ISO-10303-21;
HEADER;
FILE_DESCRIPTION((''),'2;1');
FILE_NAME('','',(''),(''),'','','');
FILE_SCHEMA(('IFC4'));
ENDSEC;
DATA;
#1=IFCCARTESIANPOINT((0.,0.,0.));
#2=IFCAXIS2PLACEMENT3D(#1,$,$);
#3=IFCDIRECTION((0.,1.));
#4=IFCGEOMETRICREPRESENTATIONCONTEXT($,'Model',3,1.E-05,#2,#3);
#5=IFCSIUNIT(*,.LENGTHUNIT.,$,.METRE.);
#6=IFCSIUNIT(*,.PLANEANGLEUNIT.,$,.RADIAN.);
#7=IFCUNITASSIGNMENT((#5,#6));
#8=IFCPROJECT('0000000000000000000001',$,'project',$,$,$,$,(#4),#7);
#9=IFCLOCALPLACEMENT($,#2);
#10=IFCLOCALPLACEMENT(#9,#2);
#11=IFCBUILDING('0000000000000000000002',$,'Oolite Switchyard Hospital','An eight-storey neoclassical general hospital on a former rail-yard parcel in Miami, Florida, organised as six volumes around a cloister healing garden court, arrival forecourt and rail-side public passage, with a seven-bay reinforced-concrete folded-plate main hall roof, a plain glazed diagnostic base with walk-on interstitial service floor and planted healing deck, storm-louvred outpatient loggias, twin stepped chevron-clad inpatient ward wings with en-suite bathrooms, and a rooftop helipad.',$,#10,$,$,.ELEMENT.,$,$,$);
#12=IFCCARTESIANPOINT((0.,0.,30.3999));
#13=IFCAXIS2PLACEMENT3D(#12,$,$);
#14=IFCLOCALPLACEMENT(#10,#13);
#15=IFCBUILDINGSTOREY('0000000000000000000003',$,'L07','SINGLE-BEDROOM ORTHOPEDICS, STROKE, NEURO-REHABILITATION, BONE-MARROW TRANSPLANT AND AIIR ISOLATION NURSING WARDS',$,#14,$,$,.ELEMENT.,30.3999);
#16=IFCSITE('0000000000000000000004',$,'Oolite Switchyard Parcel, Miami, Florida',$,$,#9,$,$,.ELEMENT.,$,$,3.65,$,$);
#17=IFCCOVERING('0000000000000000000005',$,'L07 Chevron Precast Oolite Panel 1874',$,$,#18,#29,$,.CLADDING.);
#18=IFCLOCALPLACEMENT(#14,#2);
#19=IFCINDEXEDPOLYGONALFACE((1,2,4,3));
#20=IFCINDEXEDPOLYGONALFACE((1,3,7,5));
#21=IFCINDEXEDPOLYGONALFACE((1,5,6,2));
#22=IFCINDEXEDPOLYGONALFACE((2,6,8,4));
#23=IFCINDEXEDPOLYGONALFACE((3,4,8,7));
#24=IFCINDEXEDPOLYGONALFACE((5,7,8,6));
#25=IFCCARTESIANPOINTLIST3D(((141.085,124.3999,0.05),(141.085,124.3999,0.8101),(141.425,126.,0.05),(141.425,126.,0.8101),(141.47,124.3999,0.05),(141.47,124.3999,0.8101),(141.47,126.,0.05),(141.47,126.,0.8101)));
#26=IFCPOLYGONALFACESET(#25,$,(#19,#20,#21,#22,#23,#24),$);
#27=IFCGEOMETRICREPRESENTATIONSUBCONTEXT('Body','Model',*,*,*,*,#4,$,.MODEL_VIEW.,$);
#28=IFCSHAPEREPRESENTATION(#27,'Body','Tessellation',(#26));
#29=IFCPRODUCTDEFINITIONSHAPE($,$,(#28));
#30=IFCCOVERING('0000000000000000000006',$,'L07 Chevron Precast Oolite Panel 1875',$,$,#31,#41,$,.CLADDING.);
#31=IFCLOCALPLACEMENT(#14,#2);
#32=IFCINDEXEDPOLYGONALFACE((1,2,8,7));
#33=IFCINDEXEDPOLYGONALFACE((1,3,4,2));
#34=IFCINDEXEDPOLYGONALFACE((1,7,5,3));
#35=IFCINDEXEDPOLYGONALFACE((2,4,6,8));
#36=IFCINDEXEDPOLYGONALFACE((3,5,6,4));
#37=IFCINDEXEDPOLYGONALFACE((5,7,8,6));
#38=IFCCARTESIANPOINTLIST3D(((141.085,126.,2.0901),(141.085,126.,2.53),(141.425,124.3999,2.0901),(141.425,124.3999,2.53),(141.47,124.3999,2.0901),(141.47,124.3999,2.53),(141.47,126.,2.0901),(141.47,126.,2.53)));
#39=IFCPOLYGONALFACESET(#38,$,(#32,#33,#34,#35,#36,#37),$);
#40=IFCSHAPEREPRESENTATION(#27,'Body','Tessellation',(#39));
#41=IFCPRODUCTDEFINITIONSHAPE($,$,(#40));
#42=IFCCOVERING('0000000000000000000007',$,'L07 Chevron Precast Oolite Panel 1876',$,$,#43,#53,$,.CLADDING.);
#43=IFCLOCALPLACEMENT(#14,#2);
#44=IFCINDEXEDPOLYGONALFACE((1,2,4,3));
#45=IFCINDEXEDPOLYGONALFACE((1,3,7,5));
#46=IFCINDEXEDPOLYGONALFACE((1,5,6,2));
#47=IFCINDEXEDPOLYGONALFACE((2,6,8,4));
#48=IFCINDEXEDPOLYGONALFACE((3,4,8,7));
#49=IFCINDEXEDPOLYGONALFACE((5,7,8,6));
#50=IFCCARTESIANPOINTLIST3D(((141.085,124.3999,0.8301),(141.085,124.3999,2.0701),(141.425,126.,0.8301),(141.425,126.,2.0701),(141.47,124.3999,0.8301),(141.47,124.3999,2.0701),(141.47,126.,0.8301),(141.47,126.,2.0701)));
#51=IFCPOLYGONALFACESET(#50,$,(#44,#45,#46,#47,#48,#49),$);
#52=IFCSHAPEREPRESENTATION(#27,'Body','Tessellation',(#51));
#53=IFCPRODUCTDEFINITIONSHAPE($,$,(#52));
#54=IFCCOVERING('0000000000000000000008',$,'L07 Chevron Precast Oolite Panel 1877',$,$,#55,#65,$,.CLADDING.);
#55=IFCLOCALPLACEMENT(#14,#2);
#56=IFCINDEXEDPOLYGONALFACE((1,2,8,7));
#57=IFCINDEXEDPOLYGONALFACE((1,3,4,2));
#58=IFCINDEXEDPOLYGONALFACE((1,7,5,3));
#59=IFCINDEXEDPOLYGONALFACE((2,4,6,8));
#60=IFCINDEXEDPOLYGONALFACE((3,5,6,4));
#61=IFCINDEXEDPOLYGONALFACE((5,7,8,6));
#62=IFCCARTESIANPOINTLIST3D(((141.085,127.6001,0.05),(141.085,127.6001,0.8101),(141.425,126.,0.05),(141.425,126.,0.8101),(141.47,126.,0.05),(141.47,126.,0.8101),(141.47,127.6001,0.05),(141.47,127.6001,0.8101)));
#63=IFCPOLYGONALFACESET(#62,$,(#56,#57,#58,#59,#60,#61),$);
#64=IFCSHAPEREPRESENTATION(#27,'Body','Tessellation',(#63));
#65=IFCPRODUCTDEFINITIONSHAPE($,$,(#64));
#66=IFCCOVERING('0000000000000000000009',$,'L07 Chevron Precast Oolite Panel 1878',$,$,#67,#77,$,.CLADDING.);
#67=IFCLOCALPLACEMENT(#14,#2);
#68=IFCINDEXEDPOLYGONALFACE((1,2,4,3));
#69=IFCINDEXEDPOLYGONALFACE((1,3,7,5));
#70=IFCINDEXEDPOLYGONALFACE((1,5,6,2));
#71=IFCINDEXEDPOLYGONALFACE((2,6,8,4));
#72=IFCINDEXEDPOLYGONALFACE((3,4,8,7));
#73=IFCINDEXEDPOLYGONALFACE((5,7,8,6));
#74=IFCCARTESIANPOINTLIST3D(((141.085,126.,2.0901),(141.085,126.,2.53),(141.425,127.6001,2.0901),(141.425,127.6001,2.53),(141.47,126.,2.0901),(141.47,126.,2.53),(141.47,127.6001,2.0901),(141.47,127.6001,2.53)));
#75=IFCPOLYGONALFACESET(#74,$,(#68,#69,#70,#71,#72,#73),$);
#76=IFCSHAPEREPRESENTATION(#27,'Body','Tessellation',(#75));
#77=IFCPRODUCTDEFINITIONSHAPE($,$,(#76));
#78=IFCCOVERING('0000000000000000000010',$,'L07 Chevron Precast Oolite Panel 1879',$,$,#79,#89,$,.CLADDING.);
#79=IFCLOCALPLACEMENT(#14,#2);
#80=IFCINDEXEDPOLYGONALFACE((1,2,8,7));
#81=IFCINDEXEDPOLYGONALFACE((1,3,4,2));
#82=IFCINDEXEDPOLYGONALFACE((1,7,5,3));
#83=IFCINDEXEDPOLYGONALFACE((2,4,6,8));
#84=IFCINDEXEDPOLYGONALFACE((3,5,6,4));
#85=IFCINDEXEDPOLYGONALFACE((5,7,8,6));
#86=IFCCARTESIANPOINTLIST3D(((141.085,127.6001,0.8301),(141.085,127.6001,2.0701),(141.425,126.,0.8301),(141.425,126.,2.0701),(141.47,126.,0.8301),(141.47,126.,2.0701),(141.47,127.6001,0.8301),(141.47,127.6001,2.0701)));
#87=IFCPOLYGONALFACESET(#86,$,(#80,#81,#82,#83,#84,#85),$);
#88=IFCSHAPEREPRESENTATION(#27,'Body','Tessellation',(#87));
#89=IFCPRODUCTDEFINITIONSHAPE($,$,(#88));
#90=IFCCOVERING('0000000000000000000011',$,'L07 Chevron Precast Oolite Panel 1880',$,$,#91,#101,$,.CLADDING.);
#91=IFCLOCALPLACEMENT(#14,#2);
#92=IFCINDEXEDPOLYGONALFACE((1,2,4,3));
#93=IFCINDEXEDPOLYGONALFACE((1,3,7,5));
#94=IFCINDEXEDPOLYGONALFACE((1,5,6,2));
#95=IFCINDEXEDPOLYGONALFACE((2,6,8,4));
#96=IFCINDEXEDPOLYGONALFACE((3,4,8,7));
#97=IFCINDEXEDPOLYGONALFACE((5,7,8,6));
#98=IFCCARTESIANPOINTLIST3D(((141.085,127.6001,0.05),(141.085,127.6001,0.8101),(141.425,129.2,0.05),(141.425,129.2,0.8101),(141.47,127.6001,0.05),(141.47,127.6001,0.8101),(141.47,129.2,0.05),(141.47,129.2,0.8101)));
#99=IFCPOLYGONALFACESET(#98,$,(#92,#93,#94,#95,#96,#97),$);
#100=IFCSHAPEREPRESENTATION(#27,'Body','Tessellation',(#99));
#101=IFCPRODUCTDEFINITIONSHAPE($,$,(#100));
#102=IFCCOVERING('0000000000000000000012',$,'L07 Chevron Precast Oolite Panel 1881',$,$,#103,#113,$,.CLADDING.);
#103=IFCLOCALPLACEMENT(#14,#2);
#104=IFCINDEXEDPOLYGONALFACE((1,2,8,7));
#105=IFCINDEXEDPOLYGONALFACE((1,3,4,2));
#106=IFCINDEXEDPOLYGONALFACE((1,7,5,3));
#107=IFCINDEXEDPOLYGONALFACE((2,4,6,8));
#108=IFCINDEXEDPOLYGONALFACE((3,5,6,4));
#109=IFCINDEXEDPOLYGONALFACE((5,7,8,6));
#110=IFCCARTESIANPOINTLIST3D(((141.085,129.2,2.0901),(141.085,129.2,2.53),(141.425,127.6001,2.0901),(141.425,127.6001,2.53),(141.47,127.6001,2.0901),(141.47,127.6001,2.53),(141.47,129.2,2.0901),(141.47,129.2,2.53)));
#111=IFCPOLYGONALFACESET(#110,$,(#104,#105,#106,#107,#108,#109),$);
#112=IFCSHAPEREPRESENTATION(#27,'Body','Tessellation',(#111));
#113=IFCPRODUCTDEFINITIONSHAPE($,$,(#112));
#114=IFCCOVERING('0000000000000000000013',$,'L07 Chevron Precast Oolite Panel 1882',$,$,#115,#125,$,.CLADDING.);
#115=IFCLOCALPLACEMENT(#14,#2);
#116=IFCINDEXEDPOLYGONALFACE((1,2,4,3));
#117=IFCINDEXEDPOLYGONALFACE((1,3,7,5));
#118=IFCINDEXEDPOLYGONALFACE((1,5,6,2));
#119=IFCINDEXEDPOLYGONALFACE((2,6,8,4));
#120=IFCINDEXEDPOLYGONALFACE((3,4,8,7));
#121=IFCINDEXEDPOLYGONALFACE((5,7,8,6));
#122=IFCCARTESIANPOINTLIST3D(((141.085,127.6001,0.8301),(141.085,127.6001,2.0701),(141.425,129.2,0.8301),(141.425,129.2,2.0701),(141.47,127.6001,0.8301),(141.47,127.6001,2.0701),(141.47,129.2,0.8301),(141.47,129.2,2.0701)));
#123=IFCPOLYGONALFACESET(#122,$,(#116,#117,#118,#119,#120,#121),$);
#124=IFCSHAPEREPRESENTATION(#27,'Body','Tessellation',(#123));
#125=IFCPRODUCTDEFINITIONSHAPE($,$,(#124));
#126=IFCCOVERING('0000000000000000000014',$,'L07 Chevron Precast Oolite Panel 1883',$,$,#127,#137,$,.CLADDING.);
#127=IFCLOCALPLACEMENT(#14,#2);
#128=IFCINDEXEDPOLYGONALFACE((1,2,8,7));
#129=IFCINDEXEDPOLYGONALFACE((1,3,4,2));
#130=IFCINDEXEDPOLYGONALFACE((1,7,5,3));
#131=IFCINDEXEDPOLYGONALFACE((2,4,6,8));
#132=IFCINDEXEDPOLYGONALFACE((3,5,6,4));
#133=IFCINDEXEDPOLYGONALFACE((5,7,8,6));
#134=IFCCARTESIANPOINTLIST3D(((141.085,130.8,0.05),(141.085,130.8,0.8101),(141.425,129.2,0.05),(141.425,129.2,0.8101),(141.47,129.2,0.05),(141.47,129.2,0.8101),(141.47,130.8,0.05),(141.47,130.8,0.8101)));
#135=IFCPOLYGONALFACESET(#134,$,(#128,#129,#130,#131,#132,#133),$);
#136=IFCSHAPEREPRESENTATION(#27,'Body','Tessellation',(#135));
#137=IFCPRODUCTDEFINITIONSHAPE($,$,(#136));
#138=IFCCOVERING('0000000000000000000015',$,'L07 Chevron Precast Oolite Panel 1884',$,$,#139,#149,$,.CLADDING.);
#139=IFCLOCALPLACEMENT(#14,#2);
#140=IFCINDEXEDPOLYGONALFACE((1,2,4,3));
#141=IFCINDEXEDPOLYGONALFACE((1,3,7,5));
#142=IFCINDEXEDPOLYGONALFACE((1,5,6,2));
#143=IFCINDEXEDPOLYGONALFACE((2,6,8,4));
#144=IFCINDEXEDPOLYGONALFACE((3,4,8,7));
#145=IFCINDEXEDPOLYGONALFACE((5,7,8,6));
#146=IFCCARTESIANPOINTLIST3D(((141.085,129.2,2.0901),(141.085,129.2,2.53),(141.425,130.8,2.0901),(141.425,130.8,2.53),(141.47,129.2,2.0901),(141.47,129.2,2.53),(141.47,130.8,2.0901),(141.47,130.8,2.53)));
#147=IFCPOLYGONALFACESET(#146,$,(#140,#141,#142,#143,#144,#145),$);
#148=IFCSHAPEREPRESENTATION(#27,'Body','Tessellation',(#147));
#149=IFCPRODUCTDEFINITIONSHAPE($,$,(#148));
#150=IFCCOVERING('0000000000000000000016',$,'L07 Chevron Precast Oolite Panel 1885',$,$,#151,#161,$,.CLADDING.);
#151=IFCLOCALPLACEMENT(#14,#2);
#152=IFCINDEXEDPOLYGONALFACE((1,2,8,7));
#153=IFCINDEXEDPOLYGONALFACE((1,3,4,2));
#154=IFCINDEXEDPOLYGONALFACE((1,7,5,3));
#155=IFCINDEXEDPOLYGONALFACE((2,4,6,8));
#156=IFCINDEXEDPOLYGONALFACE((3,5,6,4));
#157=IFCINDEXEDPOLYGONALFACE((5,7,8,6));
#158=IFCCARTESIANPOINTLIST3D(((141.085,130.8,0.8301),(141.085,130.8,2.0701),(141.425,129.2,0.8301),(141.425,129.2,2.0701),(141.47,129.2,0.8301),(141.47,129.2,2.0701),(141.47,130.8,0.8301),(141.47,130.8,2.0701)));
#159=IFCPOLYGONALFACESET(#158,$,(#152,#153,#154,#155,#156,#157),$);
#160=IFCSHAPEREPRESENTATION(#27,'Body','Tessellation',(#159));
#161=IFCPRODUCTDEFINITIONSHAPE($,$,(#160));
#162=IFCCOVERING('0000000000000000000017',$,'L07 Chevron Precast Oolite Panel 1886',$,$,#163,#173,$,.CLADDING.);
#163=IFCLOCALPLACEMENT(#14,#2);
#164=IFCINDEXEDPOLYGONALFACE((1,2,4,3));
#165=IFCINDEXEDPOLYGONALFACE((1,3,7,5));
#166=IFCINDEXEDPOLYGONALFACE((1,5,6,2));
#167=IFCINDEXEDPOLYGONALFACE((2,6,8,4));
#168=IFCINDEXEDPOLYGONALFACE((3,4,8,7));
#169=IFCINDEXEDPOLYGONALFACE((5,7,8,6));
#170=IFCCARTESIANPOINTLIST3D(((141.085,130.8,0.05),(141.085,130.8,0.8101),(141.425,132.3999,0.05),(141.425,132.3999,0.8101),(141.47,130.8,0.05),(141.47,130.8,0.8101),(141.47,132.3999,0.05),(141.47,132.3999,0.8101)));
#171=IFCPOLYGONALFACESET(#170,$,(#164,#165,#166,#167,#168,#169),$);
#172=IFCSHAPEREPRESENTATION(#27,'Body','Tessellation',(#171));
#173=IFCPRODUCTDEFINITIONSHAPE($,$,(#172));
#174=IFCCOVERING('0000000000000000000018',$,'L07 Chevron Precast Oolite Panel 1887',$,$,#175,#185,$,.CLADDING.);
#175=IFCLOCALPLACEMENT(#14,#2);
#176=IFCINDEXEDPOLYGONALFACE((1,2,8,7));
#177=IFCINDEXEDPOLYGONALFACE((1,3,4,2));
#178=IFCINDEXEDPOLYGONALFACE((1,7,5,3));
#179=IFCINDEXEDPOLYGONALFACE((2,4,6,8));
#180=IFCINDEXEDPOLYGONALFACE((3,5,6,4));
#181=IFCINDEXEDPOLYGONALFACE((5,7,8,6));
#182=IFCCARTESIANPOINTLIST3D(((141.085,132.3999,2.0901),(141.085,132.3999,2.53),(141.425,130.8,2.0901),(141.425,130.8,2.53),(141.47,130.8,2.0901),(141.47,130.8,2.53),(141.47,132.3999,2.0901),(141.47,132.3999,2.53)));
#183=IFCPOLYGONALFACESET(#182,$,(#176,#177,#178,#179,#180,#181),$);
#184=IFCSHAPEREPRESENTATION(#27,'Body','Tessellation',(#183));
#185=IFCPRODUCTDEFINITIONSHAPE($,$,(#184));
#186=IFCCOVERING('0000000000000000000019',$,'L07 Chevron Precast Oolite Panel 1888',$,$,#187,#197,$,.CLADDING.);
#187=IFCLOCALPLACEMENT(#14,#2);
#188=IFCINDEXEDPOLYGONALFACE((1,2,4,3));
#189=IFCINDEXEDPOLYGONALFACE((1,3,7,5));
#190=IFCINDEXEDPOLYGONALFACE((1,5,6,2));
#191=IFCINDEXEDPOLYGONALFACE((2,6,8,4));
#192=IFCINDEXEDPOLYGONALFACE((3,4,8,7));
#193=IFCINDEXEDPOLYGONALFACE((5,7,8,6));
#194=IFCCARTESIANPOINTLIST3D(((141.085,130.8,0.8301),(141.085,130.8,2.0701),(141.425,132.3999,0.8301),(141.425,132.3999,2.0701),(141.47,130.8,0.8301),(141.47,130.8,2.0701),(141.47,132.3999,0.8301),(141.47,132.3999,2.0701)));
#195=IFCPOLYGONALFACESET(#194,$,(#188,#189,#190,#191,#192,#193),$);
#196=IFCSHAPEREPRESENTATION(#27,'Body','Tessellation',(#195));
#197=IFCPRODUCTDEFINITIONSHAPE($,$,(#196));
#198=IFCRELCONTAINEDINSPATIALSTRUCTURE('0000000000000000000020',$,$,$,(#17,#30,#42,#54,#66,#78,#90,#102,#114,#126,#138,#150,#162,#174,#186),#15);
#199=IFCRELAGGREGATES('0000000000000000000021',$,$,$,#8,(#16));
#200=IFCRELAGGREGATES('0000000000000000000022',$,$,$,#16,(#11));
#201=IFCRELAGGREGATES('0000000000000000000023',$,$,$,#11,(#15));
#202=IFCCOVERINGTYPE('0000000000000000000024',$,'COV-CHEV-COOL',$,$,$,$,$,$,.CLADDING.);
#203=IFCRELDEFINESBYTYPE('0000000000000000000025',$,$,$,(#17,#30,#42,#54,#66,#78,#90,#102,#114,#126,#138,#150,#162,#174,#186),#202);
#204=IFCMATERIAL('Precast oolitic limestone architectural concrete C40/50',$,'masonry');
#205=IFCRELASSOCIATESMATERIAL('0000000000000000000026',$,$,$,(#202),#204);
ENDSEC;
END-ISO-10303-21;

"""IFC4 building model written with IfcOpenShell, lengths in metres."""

from ifc_helpers import new_model, si_unit, direction, frame, origin, place, context, subcontext, project, spatial, polyline, outline, extrude, material, type_object, element, save


model = new_model("IFC4")

# Units and contexts
model_context = context("Model", 3, precision=1e-05, world=origin(), true_north=direction((0.0, 1.0)))
body_context = subcontext(model_context, "Body", "Model", "MODEL_VIEW")
ifc_project = project(units=[si_unit("LENGTHUNIT", "METRE"), si_unit("PLANEANGLEUNIT", "RADIAN")], contexts=[model_context])

# Site, building, storey
site_placement = place(None, origin())
site = spatial("IfcSite", under=ifc_project, at=site_placement, Name="Oolite Switchyard Parcel, Miami, Florida", CompositionType="ELEMENT", RefElevation=3.65)
building_placement = place(site_placement, origin())
building = spatial("IfcBuilding", under=site, at=building_placement, Name="Oolite Switchyard Hospital", Description="An eight-storey neoclassical general hospital on a former rail-yard parcel in Miami, Florida, organised as six volumes around a cloister healing garden court, arrival forecourt and rail-side public passage, with a seven-bay reinforced-concrete folded-plate main hall roof, a plain glazed diagnostic base with walk-on interstitial service floor and planted healing deck, storm-louvred outpatient loggias, twin stepped chevron-clad inpatient ward wings with en-suite bathrooms, and a rooftop helipad.", CompositionType="ELEMENT")
storey_placement = place(building_placement, frame((0.0, 0.0, 30.3999)))
storey = spatial("IfcBuildingStorey", under=building, at=storey_placement, Name="L07", Description="SINGLE-BEDROOM ORTHOPEDICS, STROKE, NEURO-REHABILITATION, BONE-MARROW TRANSPLANT AND AIIR ISOLATION NURSING WARDS", CompositionType="ELEMENT", Elevation=30.3999)

# Shared definitions
ifc_material_1 = material(Name="Precast oolitic limestone architectural concrete C40/50", Category="masonry")

# Coverings
covering_type = type_object("IfcCoveringType", Name="COV-CHEV-COOL", PredefinedType="CLADDING", material=ifc_material_1)
covering_1_placement = place(storey_placement, frame((141.47, 124.3999, 0.05), z_axis=(0.0, 0.0, 1.0), x_axis=(0.0, 1.0, 0.0)))
element("IfcCovering", 1, at=covering_1_placement, inside=storey, type_object=covering_type, Name="L07 Chevron Precast Oolite Panel 1874", PredefinedType="CLADDING", context=body_context, shape_type="SweptSolid", body=[
    extrude(outline(polyline([(0.0, 0.0), (1.6001, 0.0), (1.6001, 0.0449), (0.0, 0.385), (0.0, 0.0)])), origin(), (0.0, 0.0, 1.0), 0.76),
])
covering_2_placement = place(storey_placement, frame((141.47, 124.3999, 2.0901), z_axis=(0.0, 0.0, 1.0), x_axis=(0.0, 1.0, 0.0)))
element("IfcCovering", 2, at=covering_2_placement, inside=storey, type_object=covering_type, Name="L07 Chevron Precast Oolite Panel 1875", PredefinedType="CLADDING", context=body_context, shape_type="SweptSolid", body=[
    extrude(outline(polyline([(0.0, 0.0), (1.6001, 0.0), (1.6001, 0.385), (0.0, 0.0449), (0.0, 0.0)])), origin(), (0.0, 0.0, 1.0), 0.4399),
])
covering_3_placement = place(storey_placement, frame((141.47, 124.3999, 0.8301), z_axis=(0.0, 0.0, 1.0), x_axis=(0.0, 1.0, 0.0)))
element("IfcCovering", 3, at=covering_3_placement, inside=storey, type_object=covering_type, Name="L07 Chevron Precast Oolite Panel 1876", PredefinedType="CLADDING", context=body_context, shape_type="SweptSolid", body=[
    extrude(outline(polyline([(0.0, 0.0), (1.6001, 0.0), (1.6001, 0.0449), (0.0, 0.385), (0.0, 0.0)])), origin(), (0.0, 0.0, 1.0), 1.24),
])
covering_4_placement = place(storey_placement, frame((141.47, 126.0, 0.05), z_axis=(0.0, 0.0, 1.0), x_axis=(0.0, 1.0, 0.0)))
element("IfcCovering", 4, at=covering_4_placement, inside=storey, type_object=covering_type, Name="L07 Chevron Precast Oolite Panel 1877", PredefinedType="CLADDING", context=body_context, shape_type="SweptSolid", body=[
    extrude(outline(polyline([(0.0, 0.0), (1.6001, 0.0), (1.6001, 0.385), (0.0, 0.0449), (0.0, 0.0)])), origin(), (0.0, 0.0, 1.0), 0.76),
])
covering_5_placement = place(storey_placement, frame((141.47, 126.0, 2.0901), z_axis=(0.0, 0.0, 1.0), x_axis=(0.0, 1.0, 0.0)))
element("IfcCovering", 5, at=covering_5_placement, inside=storey, type_object=covering_type, Name="L07 Chevron Precast Oolite Panel 1878", PredefinedType="CLADDING", context=body_context, shape_type="SweptSolid", body=[
    extrude(outline(polyline([(0.0, 0.0), (1.6001, 0.0), (1.6001, 0.0449), (0.0, 0.385), (0.0, 0.0)])), origin(), (0.0, 0.0, 1.0), 0.4399),
])
covering_6_placement = place(storey_placement, frame((141.47, 126.0, 0.8301), z_axis=(0.0, 0.0, 1.0), x_axis=(0.0, 1.0, 0.0)))
element("IfcCovering", 6, at=covering_6_placement, inside=storey, type_object=covering_type, Name="L07 Chevron Precast Oolite Panel 1879", PredefinedType="CLADDING", context=body_context, shape_type="SweptSolid", body=[
    extrude(outline(polyline([(0.0, 0.0), (1.6001, 0.0), (1.6001, 0.385), (0.0, 0.0449), (0.0, 0.0)])), origin(), (0.0, 0.0, 1.0), 1.24),
])
covering_7_placement = place(storey_placement, frame((141.47, 127.6001, 0.05), z_axis=(0.0, 0.0, 1.0), x_axis=(0.0, 1.0, 0.0)))
element("IfcCovering", 7, at=covering_7_placement, inside=storey, type_object=covering_type, Name="L07 Chevron Precast Oolite Panel 1880", PredefinedType="CLADDING", context=body_context, shape_type="SweptSolid", body=[
    extrude(outline(polyline([(0.0, 0.0), (1.5999, 0.0), (1.5999, 0.0449), (0.0, 0.385), (0.0, 0.0)])), origin(), (0.0, 0.0, 1.0), 0.76),
])
covering_8_placement = place(storey_placement, frame((141.47, 127.6001, 2.0901), z_axis=(0.0, 0.0, 1.0), x_axis=(0.0, 1.0, 0.0)))
element("IfcCovering", 8, at=covering_8_placement, inside=storey, type_object=covering_type, Name="L07 Chevron Precast Oolite Panel 1881", PredefinedType="CLADDING", context=body_context, shape_type="SweptSolid", body=[
    extrude(outline(polyline([(0.0, 0.0), (1.5999, 0.0), (1.5999, 0.385), (0.0, 0.0449), (0.0, 0.0)])), origin(), (0.0, 0.0, 1.0), 0.4399),
])
covering_9_placement = place(storey_placement, frame((141.47, 127.6001, 0.8301), z_axis=(0.0, 0.0, 1.0), x_axis=(0.0, 1.0, 0.0)))
element("IfcCovering", 9, at=covering_9_placement, inside=storey, type_object=covering_type, Name="L07 Chevron Precast Oolite Panel 1882", PredefinedType="CLADDING", context=body_context, shape_type="SweptSolid", body=[
    extrude(outline(polyline([(0.0, 0.0), (1.5999, 0.0), (1.5999, 0.0449), (0.0, 0.385), (0.0, 0.0)])), origin(), (0.0, 0.0, 1.0), 1.24),
])
covering_10_placement = place(storey_placement, frame((141.47, 129.2, 0.05), z_axis=(0.0, 0.0, 1.0), x_axis=(0.0, 1.0, 0.0)))
element("IfcCovering", 10, at=covering_10_placement, inside=storey, type_object=covering_type, Name="L07 Chevron Precast Oolite Panel 1883", PredefinedType="CLADDING", context=body_context, shape_type="SweptSolid", body=[
    extrude(outline(polyline([(0.0, 0.0), (1.6001, 0.0), (1.6001, 0.385), (0.0, 0.0449), (0.0, 0.0)])), origin(), (0.0, 0.0, 1.0), 0.76),
])
covering_11_placement = place(storey_placement, frame((141.47, 129.2, 2.0901), z_axis=(0.0, 0.0, 1.0), x_axis=(0.0, 1.0, 0.0)))
element("IfcCovering", 11, at=covering_11_placement, inside=storey, type_object=covering_type, Name="L07 Chevron Precast Oolite Panel 1884", PredefinedType="CLADDING", context=body_context, shape_type="SweptSolid", body=[
    extrude(outline(polyline([(0.0, 0.0), (1.6001, 0.0), (1.6001, 0.0449), (0.0, 0.385), (0.0, 0.0)])), origin(), (0.0, 0.0, 1.0), 0.4399),
])
covering_12_placement = place(storey_placement, frame((141.47, 129.2, 0.8301), z_axis=(0.0, 0.0, 1.0), x_axis=(0.0, 1.0, 0.0)))
element("IfcCovering", 12, at=covering_12_placement, inside=storey, type_object=covering_type, Name="L07 Chevron Precast Oolite Panel 1885", PredefinedType="CLADDING", context=body_context, shape_type="SweptSolid", body=[
    extrude(outline(polyline([(0.0, 0.0), (1.6001, 0.0), (1.6001, 0.385), (0.0, 0.0449), (0.0, 0.0)])), origin(), (0.0, 0.0, 1.0), 1.24),
])
covering_13_placement = place(storey_placement, frame((141.47, 130.8, 0.05), z_axis=(0.0, 0.0, 1.0), x_axis=(0.0, 1.0, 0.0)))
element("IfcCovering", 13, at=covering_13_placement, inside=storey, type_object=covering_type, Name="L07 Chevron Precast Oolite Panel 1886", PredefinedType="CLADDING", context=body_context, shape_type="SweptSolid", body=[
    extrude(outline(polyline([(0.0, 0.0), (1.5999, 0.0), (1.5999, 0.0449), (0.0, 0.385), (0.0, 0.0)])), origin(), (0.0, 0.0, 1.0), 0.76),
])
covering_14_placement = place(storey_placement, frame((141.47, 130.8, 2.0901), z_axis=(0.0, 0.0, 1.0), x_axis=(0.0, 1.0, 0.0)))
element("IfcCovering", 14, at=covering_14_placement, inside=storey, type_object=covering_type, Name="L07 Chevron Precast Oolite Panel 1887", PredefinedType="CLADDING", context=body_context, shape_type="SweptSolid", body=[
    extrude(outline(polyline([(0.0, 0.0), (1.5999, 0.0), (1.5999, 0.385), (0.0, 0.0449), (0.0, 0.0)])), origin(), (0.0, 0.0, 1.0), 0.4399),
])
covering_15_placement = place(storey_placement, frame((141.47, 130.8, 0.8301), z_axis=(0.0, 0.0, 1.0), x_axis=(0.0, 1.0, 0.0)))
element("IfcCovering", 15, at=covering_15_placement, inside=storey, type_object=covering_type, Name="L07 Chevron Precast Oolite Panel 1888", PredefinedType="CLADDING", context=body_context, shape_type="SweptSolid", body=[
    extrude(outline(polyline([(0.0, 0.0), (1.5999, 0.0), (1.5999, 0.0449), (0.0, 0.385), (0.0, 0.0)])), origin(), (0.0, 0.0, 1.0), 1.24),
])

save(model, "model.ifc")
